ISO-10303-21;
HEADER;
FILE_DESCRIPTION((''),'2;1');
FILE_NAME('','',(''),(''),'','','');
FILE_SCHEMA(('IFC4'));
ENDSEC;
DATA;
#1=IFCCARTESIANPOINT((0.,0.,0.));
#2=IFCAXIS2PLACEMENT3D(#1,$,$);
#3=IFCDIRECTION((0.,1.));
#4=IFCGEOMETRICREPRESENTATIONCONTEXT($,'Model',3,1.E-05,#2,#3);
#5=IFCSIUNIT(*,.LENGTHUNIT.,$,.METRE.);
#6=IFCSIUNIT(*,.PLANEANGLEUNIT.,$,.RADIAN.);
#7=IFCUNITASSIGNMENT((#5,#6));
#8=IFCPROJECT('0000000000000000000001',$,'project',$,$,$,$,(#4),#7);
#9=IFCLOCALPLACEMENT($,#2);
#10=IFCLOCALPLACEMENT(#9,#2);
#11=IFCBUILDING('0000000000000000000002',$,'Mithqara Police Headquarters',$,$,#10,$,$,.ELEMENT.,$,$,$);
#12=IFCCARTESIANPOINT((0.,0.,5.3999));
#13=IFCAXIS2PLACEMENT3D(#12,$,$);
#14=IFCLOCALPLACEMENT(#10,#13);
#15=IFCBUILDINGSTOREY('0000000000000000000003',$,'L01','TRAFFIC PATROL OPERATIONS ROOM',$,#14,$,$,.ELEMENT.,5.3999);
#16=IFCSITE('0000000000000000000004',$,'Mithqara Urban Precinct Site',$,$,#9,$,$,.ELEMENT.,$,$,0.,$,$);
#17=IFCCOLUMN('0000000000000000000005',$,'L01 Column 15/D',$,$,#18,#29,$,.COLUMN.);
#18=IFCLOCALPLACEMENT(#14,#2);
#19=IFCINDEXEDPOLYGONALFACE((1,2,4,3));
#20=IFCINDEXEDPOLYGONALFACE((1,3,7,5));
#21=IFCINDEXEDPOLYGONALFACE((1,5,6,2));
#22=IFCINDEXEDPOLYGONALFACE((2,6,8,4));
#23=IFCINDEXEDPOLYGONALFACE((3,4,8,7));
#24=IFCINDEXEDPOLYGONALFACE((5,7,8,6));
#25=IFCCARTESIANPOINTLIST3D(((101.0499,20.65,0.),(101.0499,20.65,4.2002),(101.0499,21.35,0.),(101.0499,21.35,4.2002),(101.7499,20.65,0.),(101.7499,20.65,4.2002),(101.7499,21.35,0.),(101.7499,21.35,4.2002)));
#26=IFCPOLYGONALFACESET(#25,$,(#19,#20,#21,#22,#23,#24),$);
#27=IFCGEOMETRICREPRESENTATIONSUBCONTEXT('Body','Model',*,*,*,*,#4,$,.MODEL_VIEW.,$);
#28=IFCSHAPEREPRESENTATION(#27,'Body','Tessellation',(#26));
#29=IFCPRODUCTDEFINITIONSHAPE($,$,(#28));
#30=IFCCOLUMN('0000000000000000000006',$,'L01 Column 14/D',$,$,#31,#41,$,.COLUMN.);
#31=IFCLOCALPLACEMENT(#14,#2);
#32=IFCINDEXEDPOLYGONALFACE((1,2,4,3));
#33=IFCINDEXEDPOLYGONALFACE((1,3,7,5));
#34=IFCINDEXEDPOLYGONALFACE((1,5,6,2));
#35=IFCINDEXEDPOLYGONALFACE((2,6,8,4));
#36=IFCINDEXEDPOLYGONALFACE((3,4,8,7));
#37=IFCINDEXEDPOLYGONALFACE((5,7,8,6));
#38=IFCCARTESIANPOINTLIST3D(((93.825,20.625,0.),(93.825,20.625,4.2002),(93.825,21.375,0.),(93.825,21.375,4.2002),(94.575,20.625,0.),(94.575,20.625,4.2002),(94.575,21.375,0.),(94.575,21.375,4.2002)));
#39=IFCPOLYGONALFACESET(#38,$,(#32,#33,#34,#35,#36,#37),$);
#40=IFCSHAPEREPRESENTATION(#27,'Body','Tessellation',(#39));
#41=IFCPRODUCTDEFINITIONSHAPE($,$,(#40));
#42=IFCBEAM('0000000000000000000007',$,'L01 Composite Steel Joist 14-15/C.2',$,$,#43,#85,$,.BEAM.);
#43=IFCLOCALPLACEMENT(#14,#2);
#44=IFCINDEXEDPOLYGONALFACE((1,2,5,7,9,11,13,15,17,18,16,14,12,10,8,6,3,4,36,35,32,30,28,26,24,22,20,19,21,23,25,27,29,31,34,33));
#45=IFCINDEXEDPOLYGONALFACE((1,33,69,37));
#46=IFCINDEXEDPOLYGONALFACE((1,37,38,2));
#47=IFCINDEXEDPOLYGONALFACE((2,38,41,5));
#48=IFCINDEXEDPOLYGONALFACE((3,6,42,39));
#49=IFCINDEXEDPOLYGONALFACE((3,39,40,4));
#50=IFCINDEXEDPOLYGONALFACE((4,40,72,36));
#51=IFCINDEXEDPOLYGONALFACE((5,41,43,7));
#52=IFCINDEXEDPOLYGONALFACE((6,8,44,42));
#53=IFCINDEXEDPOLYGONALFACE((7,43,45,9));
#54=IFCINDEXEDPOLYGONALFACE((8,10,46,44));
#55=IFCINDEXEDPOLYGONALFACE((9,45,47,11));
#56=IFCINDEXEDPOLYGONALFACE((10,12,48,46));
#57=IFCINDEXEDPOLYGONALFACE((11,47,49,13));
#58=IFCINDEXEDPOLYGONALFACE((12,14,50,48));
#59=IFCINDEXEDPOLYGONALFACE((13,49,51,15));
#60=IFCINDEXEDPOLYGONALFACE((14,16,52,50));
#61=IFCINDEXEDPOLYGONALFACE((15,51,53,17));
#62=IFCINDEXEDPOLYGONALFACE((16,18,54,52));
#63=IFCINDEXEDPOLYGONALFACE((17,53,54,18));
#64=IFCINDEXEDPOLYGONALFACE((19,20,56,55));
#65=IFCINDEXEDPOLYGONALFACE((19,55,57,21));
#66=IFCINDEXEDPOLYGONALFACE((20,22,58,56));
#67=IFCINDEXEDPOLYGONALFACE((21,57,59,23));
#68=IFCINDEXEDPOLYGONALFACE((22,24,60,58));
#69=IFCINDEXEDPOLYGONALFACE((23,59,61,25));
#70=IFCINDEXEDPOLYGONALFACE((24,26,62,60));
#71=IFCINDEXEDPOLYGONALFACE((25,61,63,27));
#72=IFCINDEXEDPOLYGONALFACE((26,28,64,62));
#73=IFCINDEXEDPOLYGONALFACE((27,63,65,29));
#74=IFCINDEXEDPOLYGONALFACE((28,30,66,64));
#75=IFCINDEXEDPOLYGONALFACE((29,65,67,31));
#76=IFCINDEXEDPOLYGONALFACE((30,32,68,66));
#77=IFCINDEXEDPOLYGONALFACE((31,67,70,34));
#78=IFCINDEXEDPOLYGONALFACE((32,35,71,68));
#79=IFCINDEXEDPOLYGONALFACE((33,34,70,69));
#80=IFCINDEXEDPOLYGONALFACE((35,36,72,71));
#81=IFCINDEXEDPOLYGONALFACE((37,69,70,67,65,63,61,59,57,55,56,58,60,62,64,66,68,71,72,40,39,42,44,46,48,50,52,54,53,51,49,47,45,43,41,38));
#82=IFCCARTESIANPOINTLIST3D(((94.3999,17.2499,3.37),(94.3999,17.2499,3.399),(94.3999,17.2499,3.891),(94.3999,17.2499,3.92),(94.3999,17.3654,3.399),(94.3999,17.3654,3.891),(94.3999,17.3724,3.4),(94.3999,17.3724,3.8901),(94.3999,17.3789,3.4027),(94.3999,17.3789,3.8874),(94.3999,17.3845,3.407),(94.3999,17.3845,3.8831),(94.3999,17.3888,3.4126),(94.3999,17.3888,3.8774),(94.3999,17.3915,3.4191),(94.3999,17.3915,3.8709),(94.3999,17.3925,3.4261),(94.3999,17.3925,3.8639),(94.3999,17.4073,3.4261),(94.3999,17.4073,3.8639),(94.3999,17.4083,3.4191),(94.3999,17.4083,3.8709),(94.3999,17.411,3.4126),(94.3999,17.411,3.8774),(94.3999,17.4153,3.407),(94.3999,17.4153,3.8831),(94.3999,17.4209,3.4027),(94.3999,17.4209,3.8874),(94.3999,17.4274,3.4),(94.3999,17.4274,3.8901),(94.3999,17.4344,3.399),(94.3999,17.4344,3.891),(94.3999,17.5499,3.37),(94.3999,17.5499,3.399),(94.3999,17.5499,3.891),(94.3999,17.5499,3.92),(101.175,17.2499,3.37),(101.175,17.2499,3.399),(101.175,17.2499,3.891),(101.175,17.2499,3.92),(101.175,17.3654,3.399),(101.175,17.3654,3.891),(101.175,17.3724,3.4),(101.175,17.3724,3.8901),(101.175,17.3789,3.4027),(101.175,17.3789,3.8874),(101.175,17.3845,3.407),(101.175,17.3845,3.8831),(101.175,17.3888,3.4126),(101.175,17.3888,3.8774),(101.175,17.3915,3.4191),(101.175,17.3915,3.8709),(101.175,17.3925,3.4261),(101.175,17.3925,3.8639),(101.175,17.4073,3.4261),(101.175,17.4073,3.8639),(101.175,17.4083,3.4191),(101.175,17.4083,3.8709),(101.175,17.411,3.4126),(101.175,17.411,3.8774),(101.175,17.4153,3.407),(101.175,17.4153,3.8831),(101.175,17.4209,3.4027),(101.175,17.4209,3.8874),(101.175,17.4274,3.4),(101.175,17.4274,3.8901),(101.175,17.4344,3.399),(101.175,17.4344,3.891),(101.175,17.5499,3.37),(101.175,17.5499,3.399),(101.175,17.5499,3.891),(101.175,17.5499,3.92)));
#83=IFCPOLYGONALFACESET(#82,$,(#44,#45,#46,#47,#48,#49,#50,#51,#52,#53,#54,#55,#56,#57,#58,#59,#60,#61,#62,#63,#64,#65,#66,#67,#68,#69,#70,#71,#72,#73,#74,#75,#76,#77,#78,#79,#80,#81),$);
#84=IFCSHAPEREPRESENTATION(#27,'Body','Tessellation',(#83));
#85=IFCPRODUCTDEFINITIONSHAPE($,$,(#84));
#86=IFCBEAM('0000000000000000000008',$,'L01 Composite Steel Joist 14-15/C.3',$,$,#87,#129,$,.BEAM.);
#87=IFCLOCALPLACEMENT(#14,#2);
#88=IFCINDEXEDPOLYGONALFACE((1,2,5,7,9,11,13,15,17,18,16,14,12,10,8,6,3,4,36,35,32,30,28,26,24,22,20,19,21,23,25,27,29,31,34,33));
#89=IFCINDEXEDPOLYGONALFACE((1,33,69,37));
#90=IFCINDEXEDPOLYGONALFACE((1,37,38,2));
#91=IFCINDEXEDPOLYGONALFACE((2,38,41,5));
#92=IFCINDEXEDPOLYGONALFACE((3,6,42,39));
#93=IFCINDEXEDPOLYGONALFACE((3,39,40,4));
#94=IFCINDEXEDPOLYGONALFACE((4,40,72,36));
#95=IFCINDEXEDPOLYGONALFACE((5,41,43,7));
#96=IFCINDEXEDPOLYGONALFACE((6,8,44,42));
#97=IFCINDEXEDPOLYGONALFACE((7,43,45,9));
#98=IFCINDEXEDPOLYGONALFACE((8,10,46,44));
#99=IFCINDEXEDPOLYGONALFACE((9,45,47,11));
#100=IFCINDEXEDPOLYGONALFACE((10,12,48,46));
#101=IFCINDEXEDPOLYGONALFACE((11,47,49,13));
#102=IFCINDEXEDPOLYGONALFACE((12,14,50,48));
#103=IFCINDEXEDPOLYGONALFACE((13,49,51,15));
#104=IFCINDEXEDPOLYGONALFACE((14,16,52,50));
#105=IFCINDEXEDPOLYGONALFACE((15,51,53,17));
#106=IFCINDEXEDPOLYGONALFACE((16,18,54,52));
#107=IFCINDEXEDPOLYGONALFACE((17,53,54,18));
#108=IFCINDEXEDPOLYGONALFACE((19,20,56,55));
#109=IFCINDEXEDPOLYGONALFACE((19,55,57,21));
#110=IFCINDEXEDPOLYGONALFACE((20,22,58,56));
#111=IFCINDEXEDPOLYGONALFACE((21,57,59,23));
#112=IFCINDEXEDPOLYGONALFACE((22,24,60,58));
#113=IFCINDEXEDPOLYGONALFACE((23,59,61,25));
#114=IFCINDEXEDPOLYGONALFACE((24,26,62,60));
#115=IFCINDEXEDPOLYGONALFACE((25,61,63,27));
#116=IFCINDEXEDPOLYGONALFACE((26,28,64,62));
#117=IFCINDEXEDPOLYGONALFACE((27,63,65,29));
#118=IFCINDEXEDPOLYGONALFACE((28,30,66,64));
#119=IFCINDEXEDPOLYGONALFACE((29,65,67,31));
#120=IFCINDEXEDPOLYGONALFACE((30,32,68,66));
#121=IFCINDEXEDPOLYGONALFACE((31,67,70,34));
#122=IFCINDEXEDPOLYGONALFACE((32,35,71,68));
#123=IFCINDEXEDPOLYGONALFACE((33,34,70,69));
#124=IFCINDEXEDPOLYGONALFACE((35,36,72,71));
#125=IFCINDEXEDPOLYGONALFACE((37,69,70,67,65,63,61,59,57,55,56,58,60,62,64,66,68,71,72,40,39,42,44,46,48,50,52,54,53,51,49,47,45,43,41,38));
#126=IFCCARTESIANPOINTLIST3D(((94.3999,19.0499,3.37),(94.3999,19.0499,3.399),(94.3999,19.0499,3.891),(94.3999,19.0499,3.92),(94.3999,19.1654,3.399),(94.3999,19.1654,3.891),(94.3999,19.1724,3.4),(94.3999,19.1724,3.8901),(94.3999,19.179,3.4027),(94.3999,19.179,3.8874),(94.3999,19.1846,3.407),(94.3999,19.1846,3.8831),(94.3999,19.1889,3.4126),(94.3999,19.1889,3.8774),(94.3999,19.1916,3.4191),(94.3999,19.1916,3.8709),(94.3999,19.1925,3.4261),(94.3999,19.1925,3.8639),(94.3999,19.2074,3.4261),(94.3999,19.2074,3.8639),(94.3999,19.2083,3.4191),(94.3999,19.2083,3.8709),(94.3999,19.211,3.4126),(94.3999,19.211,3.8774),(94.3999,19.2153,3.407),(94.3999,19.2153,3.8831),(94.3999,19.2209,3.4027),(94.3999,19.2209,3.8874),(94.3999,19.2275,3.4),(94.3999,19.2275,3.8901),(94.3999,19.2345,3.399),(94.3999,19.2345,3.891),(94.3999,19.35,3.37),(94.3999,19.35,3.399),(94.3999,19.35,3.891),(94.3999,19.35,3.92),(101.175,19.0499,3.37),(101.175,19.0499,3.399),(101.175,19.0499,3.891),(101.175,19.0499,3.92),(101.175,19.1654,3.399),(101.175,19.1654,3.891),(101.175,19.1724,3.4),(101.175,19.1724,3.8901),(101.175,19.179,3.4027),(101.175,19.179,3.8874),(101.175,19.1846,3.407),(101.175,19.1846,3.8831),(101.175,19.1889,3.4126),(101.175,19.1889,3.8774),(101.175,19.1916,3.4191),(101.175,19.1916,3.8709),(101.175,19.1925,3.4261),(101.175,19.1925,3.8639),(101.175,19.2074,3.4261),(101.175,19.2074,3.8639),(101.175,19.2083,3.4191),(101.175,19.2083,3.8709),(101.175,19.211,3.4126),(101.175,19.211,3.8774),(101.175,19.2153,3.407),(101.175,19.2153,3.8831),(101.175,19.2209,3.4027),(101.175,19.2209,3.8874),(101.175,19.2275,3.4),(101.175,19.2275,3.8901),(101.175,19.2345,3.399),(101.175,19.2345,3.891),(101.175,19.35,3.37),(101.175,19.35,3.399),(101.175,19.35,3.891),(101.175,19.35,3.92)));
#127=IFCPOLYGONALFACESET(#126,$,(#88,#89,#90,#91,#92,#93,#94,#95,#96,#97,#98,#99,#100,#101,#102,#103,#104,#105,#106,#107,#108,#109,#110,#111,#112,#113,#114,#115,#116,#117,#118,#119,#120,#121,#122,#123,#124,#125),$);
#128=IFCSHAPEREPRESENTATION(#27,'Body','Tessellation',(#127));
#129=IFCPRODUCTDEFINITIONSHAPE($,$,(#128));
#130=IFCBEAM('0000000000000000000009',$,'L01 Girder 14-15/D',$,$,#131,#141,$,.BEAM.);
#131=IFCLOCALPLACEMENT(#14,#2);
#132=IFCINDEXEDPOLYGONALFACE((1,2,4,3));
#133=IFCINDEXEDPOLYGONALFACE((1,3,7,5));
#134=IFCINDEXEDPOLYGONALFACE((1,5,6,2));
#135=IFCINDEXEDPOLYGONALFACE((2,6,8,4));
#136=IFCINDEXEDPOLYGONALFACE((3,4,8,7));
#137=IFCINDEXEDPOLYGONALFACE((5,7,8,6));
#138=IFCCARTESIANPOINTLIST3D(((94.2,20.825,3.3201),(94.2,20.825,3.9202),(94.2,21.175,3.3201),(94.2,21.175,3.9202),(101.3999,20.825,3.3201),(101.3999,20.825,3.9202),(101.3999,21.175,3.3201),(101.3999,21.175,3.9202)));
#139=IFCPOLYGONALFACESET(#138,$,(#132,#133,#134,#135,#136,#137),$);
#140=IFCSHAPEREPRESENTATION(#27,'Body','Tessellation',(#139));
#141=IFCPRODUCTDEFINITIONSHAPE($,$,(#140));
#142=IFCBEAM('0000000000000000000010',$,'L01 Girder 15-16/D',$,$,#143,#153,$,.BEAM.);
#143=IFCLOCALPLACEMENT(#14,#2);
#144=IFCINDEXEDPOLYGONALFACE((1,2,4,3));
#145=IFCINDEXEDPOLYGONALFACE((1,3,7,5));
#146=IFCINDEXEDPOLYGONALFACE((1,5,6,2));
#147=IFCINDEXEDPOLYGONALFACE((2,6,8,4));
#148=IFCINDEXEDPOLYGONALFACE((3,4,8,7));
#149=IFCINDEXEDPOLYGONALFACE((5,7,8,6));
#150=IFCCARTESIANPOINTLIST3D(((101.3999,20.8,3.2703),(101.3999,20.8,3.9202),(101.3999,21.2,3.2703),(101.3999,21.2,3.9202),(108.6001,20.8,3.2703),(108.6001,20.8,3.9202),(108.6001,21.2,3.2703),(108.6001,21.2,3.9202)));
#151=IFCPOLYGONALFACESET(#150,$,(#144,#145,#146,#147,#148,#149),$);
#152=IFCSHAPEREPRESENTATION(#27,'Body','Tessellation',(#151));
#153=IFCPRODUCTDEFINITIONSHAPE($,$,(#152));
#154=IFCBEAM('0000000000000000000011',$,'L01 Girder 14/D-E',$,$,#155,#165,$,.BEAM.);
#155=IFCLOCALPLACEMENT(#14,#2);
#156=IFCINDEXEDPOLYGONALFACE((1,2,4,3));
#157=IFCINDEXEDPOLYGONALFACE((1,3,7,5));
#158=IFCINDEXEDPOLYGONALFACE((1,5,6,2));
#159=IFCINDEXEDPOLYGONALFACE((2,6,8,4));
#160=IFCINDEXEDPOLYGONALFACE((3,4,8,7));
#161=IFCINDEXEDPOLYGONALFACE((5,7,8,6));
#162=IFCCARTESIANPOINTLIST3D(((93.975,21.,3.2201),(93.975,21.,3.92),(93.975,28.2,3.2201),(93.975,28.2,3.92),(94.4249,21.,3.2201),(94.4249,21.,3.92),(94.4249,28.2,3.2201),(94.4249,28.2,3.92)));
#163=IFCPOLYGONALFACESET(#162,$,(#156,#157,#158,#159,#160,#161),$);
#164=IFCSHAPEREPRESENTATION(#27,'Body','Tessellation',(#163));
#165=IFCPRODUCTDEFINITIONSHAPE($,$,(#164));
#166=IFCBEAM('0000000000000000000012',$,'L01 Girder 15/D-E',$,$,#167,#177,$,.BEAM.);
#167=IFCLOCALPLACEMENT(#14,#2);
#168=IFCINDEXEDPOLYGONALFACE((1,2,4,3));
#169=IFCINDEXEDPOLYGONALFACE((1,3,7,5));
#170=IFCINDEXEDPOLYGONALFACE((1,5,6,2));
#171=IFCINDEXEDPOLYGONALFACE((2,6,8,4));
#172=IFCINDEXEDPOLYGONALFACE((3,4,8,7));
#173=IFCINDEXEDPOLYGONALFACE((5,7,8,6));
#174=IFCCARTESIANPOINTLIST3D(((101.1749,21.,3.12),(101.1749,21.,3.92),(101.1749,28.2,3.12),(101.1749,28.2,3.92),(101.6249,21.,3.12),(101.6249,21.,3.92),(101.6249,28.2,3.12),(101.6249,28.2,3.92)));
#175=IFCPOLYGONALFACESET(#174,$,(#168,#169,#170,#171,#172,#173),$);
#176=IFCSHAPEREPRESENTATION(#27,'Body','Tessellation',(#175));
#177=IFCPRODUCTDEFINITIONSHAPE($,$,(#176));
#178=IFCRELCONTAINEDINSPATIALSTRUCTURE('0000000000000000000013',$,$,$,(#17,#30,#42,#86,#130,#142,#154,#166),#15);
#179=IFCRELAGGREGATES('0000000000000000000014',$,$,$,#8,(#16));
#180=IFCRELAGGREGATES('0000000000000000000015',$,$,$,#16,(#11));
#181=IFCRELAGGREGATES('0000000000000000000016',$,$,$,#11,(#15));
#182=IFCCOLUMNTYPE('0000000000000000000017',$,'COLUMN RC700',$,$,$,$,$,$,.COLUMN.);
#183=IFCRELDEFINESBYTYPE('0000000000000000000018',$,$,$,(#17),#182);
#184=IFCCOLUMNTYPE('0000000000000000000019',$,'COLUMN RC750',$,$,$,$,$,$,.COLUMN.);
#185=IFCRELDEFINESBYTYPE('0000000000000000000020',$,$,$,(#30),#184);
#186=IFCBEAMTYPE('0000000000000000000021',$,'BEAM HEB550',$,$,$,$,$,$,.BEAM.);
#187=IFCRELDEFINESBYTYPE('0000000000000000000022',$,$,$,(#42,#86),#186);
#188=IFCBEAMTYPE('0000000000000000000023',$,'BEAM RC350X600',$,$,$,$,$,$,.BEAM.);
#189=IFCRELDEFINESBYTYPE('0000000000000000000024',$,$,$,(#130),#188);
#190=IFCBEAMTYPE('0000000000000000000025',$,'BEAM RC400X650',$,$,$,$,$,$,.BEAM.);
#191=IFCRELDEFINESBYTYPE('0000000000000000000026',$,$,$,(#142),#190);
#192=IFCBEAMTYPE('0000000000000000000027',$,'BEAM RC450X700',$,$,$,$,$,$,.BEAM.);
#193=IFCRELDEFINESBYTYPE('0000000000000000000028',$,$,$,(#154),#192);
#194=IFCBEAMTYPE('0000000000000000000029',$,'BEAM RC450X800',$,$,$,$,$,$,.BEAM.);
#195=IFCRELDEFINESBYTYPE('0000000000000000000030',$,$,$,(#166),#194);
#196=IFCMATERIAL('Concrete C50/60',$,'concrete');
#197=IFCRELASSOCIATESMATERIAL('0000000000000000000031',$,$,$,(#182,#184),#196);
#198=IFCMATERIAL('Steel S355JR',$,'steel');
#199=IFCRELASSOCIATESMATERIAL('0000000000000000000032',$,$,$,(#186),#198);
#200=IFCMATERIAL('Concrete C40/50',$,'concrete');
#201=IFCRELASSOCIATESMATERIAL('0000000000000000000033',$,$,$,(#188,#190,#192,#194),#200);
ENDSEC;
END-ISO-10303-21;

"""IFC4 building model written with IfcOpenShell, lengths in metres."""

from ifc_helpers import new_model, si_unit, direction, frame, origin, origin_2d, place, context, subcontext, project, spatial, rectangle, i_section, extrude, material, material_profile, profile_set, type_object, element, save


model = new_model("IFC4")

# Units and contexts
model_context = context("Model", 3, precision=1e-05, world=origin(), true_north=direction((0.0, 1.0)))
body_context = subcontext(model_context, "Body", "Model", "MODEL_VIEW")
ifc_project = project(units=[si_unit("LENGTHUNIT", "METRE"), si_unit("PLANEANGLEUNIT", "RADIAN")], contexts=[model_context])

# Site, building, storey
site_placement = place(None, origin())
site = spatial("IfcSite", under=ifc_project, at=site_placement, Name="Mithqara Urban Precinct Site", CompositionType="ELEMENT", RefElevation=0.0)
building_placement = place(site_placement, origin())
building = spatial("IfcBuilding", under=site, at=building_placement, Name="Mithqara Police Headquarters", CompositionType="ELEMENT")
storey_placement = place(building_placement, frame((0.0, 0.0, 5.3999)))
storey = spatial("IfcBuildingStorey", under=building, at=storey_placement, Name="L01", Description="TRAFFIC PATROL OPERATIONS ROOM", CompositionType="ELEMENT", Elevation=5.3999)

# Columns
ifc_material_1 = material(Name="Concrete C50/60", Category="concrete")
ifc_material_profile_1 = material_profile(ifc_material_1, rectangle(XDim=0.7, YDim=0.7, at=origin_2d()), Name="RC 700x700")
ifc_profile_set_1 = profile_set([ifc_material_profile_1], Name="Concrete C50/60")
column_type_1 = type_object("IfcColumnType", Name="COLUMN RC700", PredefinedType="COLUMN", material=ifc_profile_set_1)
column_1_placement = place(storey_placement, frame((101.3999, 21.0, 0.0), z_axis=(0.0, 0.0, 1.0), x_axis=(1.0, 0.0, 0.0)))
element("IfcColumn", 1, at=column_1_placement, inside=storey, type_object=column_type_1, Name="L01 Column 15/D", PredefinedType="COLUMN", context=body_context, shape_type="SweptSolid", body=[
    extrude(rectangle(XDim=0.7, YDim=0.7, at=origin_2d()), origin(), (0.0, 0.0, 1.0), 4.2002),
])
ifc_material_profile_2 = material_profile(ifc_material_1, rectangle(XDim=0.75, YDim=0.75, at=origin_2d()), Name="RC 750x750")
ifc_profile_set_2 = profile_set([ifc_material_profile_2], Name="Concrete C50/60")
column_type_2 = type_object("IfcColumnType", Name="COLUMN RC750", PredefinedType="COLUMN", material=ifc_profile_set_2)
column_2_placement = place(storey_placement, frame((94.2, 21.0, 0.0), z_axis=(0.0, 0.0, 1.0), x_axis=(1.0, 0.0, 0.0)))
element("IfcColumn", 2, at=column_2_placement, inside=storey, type_object=column_type_2, Name="L01 Column 14/D", PredefinedType="COLUMN", context=body_context, shape_type="SweptSolid", body=[
    extrude(rectangle(XDim=0.75, YDim=0.75, at=origin_2d()), origin(), (0.0, 0.0, 1.0), 4.2002),
])

# Beams
ifc_material_2 = material(Name="Steel S355JR", Category="steel")
ifc_material_profile_3 = material_profile(ifc_material_2, i_section(OverallWidth=0.3, OverallDepth=0.55, WebThickness=0.0149, FlangeThickness=0.0291, FilletRadius=0.0271, at=origin_2d()), Name="HEB 550")
ifc_profile_set_3 = profile_set([ifc_material_profile_3], Name="Steel S355JR")
beam_type_1 = type_object("IfcBeamType", Name="BEAM HEB550", PredefinedType="BEAM", material=ifc_profile_set_3)
for number, where, z_axis, x_axis, name in (
    (3, (94.3999, 17.3999, 3.645), (1.0, 0.0, 0.0), (0.0, 1.0, 0.0), "L01 Composite Steel Joist 14-15/C.2"),
    (4, (94.3999, 19.2, 3.645), (1.0, 0.0, 0.0), (0.0, 1.0, 0.0), "L01 Composite Steel Joist 14-15/C.3"),
):
    element("IfcBeam", number, at=place(storey_placement, frame(where, z_axis=z_axis, x_axis=x_axis)), inside=storey, type_object=beam_type_1, Name=name, PredefinedType="BEAM", context=body_context, shape_type="SweptSolid", body=[
        extrude(i_section(OverallWidth=0.3, OverallDepth=0.55, WebThickness=0.0149, FlangeThickness=0.0291, FilletRadius=0.0271, at=origin_2d()), origin(), (0.0, 0.0, 1.0), 6.7751),
    ])
ifc_material_3 = material(Name="Concrete C40/50", Category="concrete")
ifc_material_profile_4 = material_profile(ifc_material_3, rectangle(XDim=0.3501, YDim=0.6001, at=origin_2d()), Name="RC 350x600")
ifc_profile_set_4 = profile_set([ifc_material_profile_4], Name="Concrete C40/50")
beam_type_2 = type_object("IfcBeamType", Name="BEAM RC350X600", PredefinedType="BEAM", material=ifc_profile_set_4)
beam_1_placement = place(storey_placement, frame((94.2, 21.0, 3.6201), z_axis=(1.0, 0.0, 0.0), x_axis=(0.0, 1.0, 0.0)))
element("IfcBeam", 5, at=beam_1_placement, inside=storey, type_object=beam_type_2, Name="L01 Girder 14-15/D", PredefinedType="BEAM", context=body_context, shape_type="SweptSolid", body=[
    extrude(rectangle(XDim=0.3501, YDim=0.6001, at=origin_2d()), origin(), (0.0, 0.0, 1.0), 7.2),
])
ifc_material_profile_5 = material_profile(ifc_material_3, rectangle(XDim=0.3999, YDim=0.6499, at=origin_2d()), Name="RC 400x650")
ifc_profile_set_5 = profile_set([ifc_material_profile_5], Name="Concrete C40/50")
beam_type_3 = type_object("IfcBeamType", Name="BEAM RC400X650", PredefinedType="BEAM", material=ifc_profile_set_5)
beam_2_placement = place(storey_placement, frame((101.3999, 21.0, 3.5952), z_axis=(1.0, 0.0, 0.0), x_axis=(0.0, 1.0, 0.0)))
element("IfcBeam", 6, at=beam_2_placement, inside=storey, type_object=beam_type_3, Name="L01 Girder 15-16/D", PredefinedType="BEAM", context=body_context, shape_type="SweptSolid", body=[
    extrude(rectangle(XDim=0.3999, YDim=0.6499, at=origin_2d()), origin(), (0.0, 0.0, 1.0), 7.2002),
])
ifc_material_profile_6 = material_profile(ifc_material_3, rectangle(XDim=0.45, YDim=0.7, at=origin_2d()), Name="RC 450x700")
ifc_profile_set_6 = profile_set([ifc_material_profile_6], Name="Concrete C40/50")
beam_type_4 = type_object("IfcBeamType", Name="BEAM RC450X700", PredefinedType="BEAM", material=ifc_profile_set_6)
beam_3_placement = place(storey_placement, frame((94.2, 21.0, 3.5701), z_axis=(0.0, 1.0, 0.0), x_axis=(-1.0, 0.0, 0.0)))
element("IfcBeam", 7, at=beam_3_placement, inside=storey, type_object=beam_type_4, Name="L01 Girder 14/D-E", PredefinedType="BEAM", context=body_context, shape_type="SweptSolid", body=[
    extrude(rectangle(XDim=0.45, YDim=0.7, at=origin_2d()), origin(), (0.0, 0.0, 1.0), 7.2),
])
ifc_material_profile_7 = material_profile(ifc_material_3, rectangle(XDim=0.45, YDim=0.8, at=origin_2d()), Name="RC 450x800")
ifc_profile_set_7 = profile_set([ifc_material_profile_7], Name="Concrete C40/50")
beam_type_5 = type_object("IfcBeamType", Name="BEAM RC450X800", PredefinedType="BEAM", material=ifc_profile_set_7)
beam_4_placement = place(storey_placement, frame((101.3999, 21.0, 3.52), z_axis=(0.0, 1.0, 0.0), x_axis=(-1.0, 0.0, 0.0)))
element("IfcBeam", 8, at=beam_4_placement, inside=storey, type_object=beam_type_5, Name="L01 Girder 15/D-E", PredefinedType="BEAM", context=body_context, shape_type="SweptSolid", body=[
    extrude(rectangle(XDim=0.45, YDim=0.8, at=origin_2d()), origin(), (0.0, 0.0, 1.0), 7.2),
])

save(model, "model.ifc")
